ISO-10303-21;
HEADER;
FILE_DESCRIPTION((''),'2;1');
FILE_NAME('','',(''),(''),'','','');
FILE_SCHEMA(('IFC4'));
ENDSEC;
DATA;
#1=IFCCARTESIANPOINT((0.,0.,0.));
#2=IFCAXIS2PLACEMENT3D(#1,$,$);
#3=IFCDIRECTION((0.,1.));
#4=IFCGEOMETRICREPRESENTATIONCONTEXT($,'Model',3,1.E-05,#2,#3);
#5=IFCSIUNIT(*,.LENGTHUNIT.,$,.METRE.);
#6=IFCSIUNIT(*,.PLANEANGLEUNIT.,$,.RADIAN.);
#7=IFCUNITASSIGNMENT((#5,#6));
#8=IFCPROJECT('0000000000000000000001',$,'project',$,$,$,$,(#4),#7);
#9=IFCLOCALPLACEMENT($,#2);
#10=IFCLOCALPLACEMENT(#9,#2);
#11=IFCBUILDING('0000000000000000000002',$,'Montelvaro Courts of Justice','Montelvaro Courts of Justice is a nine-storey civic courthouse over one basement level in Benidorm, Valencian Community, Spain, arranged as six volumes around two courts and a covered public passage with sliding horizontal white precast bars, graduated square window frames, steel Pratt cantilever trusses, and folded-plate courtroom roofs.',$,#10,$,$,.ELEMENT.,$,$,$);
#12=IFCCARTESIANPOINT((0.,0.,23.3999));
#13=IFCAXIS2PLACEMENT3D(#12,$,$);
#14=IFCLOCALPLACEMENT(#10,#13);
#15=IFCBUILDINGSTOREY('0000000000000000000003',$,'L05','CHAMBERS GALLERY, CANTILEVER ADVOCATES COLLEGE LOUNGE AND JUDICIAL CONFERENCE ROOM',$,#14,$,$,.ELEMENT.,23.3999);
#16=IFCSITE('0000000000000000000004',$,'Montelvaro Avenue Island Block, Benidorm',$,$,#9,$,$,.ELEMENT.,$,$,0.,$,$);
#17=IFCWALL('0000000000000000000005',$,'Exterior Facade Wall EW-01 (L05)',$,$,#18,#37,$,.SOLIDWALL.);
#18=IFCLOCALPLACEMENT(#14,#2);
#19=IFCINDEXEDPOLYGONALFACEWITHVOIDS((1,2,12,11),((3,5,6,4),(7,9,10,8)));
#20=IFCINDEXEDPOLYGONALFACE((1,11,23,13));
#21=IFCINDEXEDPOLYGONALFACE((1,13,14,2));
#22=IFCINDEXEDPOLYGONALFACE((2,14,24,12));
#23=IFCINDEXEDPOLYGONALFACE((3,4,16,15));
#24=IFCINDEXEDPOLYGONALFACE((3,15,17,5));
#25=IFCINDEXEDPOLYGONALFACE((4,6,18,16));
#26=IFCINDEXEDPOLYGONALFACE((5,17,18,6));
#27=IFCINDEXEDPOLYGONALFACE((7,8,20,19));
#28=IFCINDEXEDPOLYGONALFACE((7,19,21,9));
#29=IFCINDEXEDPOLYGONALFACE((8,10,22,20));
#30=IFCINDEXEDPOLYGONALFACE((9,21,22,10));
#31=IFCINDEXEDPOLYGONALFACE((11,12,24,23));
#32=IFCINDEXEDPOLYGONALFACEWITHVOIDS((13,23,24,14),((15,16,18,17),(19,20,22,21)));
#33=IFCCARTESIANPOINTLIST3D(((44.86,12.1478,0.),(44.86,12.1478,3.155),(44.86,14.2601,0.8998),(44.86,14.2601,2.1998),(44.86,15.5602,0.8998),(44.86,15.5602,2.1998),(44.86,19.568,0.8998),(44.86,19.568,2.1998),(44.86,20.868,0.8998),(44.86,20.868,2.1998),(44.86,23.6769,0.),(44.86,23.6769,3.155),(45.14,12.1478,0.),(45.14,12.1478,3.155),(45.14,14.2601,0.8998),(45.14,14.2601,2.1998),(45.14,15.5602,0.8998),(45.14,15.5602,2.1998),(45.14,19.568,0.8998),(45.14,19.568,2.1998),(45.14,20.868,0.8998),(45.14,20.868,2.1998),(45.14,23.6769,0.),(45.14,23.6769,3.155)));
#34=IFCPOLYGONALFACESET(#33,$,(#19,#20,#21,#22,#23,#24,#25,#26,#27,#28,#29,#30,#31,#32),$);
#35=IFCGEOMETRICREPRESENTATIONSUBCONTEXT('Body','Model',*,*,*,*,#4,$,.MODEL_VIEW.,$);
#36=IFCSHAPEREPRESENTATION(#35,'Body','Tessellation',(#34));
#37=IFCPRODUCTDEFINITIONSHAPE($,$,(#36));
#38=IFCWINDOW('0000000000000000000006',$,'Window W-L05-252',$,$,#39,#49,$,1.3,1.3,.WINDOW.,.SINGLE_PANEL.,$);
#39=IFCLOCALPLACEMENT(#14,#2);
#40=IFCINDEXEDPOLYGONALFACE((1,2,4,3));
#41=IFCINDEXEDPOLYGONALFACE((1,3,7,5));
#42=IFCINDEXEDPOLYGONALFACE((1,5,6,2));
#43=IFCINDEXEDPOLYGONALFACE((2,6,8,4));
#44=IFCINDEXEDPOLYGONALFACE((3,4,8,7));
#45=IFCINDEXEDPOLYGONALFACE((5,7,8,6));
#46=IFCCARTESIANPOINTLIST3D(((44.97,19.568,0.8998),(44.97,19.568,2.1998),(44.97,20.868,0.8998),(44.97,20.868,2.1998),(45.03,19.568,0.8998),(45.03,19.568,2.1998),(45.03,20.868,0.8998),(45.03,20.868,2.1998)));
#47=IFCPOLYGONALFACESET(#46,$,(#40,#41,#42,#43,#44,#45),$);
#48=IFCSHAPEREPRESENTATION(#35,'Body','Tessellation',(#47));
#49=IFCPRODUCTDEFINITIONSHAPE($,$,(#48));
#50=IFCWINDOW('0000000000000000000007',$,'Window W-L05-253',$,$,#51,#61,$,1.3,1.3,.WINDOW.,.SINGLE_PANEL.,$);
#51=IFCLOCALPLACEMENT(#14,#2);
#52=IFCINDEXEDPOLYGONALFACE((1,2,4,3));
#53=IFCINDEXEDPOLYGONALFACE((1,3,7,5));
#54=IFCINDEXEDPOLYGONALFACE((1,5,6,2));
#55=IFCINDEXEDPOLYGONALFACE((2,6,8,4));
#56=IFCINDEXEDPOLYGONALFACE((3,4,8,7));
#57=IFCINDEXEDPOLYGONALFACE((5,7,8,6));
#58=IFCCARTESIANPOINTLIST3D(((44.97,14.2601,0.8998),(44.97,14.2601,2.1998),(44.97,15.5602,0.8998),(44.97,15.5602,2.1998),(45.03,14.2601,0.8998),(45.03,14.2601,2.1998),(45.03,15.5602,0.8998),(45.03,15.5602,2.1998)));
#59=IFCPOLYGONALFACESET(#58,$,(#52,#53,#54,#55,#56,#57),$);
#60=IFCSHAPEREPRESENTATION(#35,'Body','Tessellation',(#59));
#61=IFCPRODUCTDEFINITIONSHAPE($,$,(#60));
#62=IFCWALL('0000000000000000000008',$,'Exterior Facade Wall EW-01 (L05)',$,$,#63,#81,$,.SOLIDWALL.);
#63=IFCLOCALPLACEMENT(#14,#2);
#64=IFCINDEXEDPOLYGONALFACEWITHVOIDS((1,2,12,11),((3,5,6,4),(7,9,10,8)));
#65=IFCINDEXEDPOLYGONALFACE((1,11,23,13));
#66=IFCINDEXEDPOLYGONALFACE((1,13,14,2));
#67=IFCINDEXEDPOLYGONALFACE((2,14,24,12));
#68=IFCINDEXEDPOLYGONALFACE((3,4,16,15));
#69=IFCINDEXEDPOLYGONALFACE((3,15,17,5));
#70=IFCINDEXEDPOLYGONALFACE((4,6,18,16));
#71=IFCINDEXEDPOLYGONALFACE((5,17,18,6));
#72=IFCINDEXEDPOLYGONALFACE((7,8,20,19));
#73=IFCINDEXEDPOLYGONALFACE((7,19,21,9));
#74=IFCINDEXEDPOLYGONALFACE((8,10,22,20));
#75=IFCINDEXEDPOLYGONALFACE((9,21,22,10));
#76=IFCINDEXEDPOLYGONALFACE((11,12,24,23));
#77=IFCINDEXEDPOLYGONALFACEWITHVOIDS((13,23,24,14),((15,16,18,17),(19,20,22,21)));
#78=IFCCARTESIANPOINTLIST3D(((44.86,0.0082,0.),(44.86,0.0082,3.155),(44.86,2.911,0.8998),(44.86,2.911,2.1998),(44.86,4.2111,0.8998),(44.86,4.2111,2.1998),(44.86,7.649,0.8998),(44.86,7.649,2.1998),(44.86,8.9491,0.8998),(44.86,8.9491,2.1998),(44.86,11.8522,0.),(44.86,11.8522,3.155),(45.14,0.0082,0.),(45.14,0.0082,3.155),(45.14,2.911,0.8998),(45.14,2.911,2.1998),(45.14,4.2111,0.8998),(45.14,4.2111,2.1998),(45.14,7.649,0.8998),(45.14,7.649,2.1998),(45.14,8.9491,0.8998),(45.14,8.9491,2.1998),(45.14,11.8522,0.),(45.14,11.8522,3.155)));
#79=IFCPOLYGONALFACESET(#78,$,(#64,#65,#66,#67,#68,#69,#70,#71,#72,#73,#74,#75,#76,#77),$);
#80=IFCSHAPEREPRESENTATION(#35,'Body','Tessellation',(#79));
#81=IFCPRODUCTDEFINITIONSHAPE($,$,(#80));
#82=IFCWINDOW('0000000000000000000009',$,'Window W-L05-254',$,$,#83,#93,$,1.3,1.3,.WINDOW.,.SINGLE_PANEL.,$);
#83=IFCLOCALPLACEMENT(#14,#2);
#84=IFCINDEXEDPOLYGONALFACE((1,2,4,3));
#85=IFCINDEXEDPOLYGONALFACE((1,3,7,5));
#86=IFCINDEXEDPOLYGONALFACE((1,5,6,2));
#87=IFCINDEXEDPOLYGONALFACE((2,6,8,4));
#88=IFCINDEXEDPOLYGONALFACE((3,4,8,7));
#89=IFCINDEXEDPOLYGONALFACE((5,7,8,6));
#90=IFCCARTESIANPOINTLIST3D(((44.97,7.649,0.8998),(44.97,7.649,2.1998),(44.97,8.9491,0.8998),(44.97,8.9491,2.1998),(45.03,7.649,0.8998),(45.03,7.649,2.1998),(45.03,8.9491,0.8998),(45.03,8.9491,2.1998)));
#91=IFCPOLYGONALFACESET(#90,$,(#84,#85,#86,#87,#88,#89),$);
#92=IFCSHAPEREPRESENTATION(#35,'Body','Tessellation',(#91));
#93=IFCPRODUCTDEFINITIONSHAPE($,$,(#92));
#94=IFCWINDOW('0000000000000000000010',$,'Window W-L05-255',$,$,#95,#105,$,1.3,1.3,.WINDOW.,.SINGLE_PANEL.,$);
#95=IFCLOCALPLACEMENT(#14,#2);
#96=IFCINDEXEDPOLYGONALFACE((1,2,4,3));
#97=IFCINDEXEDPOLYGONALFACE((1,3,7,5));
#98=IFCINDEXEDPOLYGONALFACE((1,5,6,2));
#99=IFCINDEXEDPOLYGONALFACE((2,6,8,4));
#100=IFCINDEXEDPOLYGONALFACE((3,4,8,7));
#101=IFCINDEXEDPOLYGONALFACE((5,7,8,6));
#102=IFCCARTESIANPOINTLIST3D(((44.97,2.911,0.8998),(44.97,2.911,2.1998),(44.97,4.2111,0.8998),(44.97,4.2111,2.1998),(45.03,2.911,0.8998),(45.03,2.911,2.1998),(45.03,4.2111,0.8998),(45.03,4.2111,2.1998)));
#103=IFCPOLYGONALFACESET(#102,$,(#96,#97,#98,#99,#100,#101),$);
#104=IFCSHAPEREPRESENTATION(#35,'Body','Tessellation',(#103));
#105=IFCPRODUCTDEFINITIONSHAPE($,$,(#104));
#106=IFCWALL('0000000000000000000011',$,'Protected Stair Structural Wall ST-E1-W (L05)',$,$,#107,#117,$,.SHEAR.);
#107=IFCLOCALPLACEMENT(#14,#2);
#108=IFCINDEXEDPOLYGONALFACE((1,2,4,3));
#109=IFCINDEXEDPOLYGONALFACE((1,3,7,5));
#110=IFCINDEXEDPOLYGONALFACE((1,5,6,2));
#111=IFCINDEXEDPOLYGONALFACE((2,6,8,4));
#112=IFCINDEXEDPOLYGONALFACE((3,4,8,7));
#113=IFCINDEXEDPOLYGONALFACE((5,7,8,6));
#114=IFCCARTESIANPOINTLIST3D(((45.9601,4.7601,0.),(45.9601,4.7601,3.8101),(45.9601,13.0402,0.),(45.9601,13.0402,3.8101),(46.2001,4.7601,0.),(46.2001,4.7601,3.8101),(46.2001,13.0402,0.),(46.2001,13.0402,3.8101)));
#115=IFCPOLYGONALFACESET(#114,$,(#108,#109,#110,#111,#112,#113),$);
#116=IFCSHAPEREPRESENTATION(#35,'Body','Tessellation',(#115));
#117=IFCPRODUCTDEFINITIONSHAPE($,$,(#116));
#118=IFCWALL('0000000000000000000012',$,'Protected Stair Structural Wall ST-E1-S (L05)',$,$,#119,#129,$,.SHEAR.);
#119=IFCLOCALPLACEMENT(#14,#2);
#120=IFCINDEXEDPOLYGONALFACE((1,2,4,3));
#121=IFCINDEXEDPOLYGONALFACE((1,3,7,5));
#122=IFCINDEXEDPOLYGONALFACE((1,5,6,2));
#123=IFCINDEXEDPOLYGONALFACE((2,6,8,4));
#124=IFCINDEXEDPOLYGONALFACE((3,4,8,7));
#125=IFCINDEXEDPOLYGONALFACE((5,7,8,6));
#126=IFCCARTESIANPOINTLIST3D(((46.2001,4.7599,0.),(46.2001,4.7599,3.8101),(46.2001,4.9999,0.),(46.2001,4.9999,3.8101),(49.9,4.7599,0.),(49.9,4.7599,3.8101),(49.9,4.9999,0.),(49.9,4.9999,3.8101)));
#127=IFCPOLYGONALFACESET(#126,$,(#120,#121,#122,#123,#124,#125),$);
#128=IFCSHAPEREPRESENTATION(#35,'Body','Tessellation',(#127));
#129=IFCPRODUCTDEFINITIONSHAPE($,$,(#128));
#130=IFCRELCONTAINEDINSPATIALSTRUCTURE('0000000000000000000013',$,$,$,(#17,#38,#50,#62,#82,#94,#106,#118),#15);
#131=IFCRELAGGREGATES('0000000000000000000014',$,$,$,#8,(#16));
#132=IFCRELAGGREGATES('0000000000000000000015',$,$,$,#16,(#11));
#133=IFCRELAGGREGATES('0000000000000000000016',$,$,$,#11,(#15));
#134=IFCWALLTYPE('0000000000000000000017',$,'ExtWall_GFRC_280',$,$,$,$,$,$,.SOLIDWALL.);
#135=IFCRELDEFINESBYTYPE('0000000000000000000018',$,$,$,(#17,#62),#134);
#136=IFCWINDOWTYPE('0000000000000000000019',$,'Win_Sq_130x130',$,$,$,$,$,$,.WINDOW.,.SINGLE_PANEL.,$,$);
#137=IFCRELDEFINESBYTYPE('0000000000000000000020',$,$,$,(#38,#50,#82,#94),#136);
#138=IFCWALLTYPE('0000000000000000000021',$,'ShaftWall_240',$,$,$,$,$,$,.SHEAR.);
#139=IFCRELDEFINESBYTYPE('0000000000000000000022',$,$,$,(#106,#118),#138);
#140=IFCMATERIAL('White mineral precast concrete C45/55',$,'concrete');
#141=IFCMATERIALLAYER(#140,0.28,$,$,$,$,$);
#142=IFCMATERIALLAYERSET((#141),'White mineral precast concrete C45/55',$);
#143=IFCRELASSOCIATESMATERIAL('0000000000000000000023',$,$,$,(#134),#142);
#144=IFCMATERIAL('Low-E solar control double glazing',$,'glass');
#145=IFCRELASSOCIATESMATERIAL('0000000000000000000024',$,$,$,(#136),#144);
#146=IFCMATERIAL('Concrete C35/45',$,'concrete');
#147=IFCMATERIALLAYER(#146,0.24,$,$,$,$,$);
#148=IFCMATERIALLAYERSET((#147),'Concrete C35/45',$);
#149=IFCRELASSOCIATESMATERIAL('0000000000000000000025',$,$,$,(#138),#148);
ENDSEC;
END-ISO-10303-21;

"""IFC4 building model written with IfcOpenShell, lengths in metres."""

from ifc_helpers import new_model, si_unit, direction, frame, frame_2d, origin, place, context, subcontext, project, spatial, rectangle, extrude, material, layer, layer_set, type_object, element, fill, save


model = new_model("IFC4")

# Units and contexts
model_context = context("Model", 3, precision=1e-05, world=origin(), true_north=direction((0.0, 1.0)))
body_context = subcontext(model_context, "Body", "Model", "MODEL_VIEW")
ifc_project = project(units=[si_unit("LENGTHUNIT", "METRE"), si_unit("PLANEANGLEUNIT", "RADIAN")], contexts=[model_context])

# Site, building, storey
site_placement = place(None, origin())
site = spatial("IfcSite", under=ifc_project, at=site_placement, Name="Montelvaro Avenue Island Block, Benidorm", CompositionType="ELEMENT", RefElevation=0.0)
building_placement = place(site_placement, origin())
building = spatial("IfcBuilding", under=site, at=building_placement, Name="Montelvaro Courts of Justice", Description="Montelvaro Courts of Justice is a nine-storey civic courthouse over one basement level in Benidorm, Valencian Community, Spain, arranged as six volumes around two courts and a covered public passage with sliding horizontal white precast bars, graduated square window frames, steel Pratt cantilever trusses, and folded-plate courtroom roofs.", CompositionType="ELEMENT")
storey_placement = place(building_placement, frame((0.0, 0.0, 23.3999)))
storey = spatial("IfcBuildingStorey", under=building, at=storey_placement, Name="L05", Description="CHAMBERS GALLERY, CANTILEVER ADVOCATES COLLEGE LOUNGE AND JUDICIAL CONFERENCE ROOM", CompositionType="ELEMENT", Elevation=23.3999)

# Shared definitions
ifc_material_1 = material(Name="White mineral precast concrete C45/55", Category="concrete")

# Walls, openings, windows
ifc_layer_1 = layer(ifc_material_1, 0.28)
ifc_layer_set_1 = layer_set([ifc_layer_1], Name="White mineral precast concrete C45/55")
wall_type_1 = type_object("IfcWallType", Name="ExtWall_GFRC_280", PredefinedType="SOLIDWALL", material=ifc_layer_set_1)
ifc_material_2 = material(Name="Low-E solar control double glazing", Category="glass")
window_type = type_object("IfcWindowType", Name="Win_Sq_130x130", PartitioningType="SINGLE_PANEL", PredefinedType="WINDOW", material=ifc_material_2)
wall_1_placement = place(storey_placement, frame((45.0, 23.677, 0.0), z_axis=(0.0, 0.0, 1.0), x_axis=(0.0, -1.0, 0.0)))
wall_1 = element("IfcWall", 1, at=wall_1_placement, inside=storey, type_object=wall_type_1, Name="Exterior Facade Wall EW-01 (L05)", PredefinedType="SOLIDWALL", context=body_context, shape_type="SweptSolid", body=[
    extrude(rectangle(XDim=11.5291, YDim=0.28, at=frame_2d((5.7646, 0.0))), origin(), (0.0, 0.0, 1.0), 3.155),
])
opening_1_placement = place(wall_1_placement, frame((2.8091, 0.0, 0.8999)))
opening_1 = element("IfcOpeningElement", 2, at=opening_1_placement, cuts=wall_1, PredefinedType="OPENING", context=body_context, shape_type="SweptSolid", body=[
    extrude(rectangle(XDim=1.3, YDim=1.3, at=frame_2d((0.6499, 0.6499))), frame((0.0, 0.1548, 0.0), z_axis=(0.0, -1.0, 0.0), x_axis=(1.0, 0.0, 0.0)), (0.0, 0.0, 1.0), 0.3098),
])
opening_2_placement = place(wall_1_placement, frame((8.1169, 0.0, 0.8999)))
opening_2 = element("IfcOpeningElement", 3, at=opening_2_placement, cuts=wall_1, PredefinedType="OPENING", context=body_context, shape_type="SweptSolid", body=[
    extrude(rectangle(XDim=1.3, YDim=1.3, at=frame_2d((0.6499, 0.6499))), frame((0.0, 0.1548, 0.0), z_axis=(0.0, -1.0, 0.0), x_axis=(1.0, 0.0, 0.0)), (0.0, 0.0, 1.0), 0.3098),
])
window_1_placement = place(opening_1_placement, origin())
window_1 = element("IfcWindow", 4, at=window_1_placement, inside=storey, type_object=window_type, Name="Window W-L05-252", OverallHeight=1.3, OverallWidth=1.3, PartitioningType="SINGLE_PANEL", PredefinedType="WINDOW", context=body_context, shape_type="SweptSolid", body=[
    extrude(rectangle(XDim=1.3, YDim=1.3, at=frame_2d((0.6499, 0.6499))), frame((0.0, 0.03, 0.0), z_axis=(0.0, -1.0, 0.0), x_axis=(1.0, 0.0, 0.0)), (0.0, 0.0, 1.0), 0.0601),
])
fill(opening_1, window_1)
window_2_placement = place(opening_2_placement, origin())
window_2 = element("IfcWindow", 5, at=window_2_placement, inside=storey, type_object=window_type, Name="Window W-L05-253", OverallHeight=1.3, OverallWidth=1.3, PartitioningType="SINGLE_PANEL", PredefinedType="WINDOW", context=body_context, shape_type="SweptSolid", body=[
    extrude(rectangle(XDim=1.3, YDim=1.3, at=frame_2d((0.6499, 0.6499))), frame((0.0, 0.03, 0.0), z_axis=(0.0, -1.0, 0.0), x_axis=(1.0, 0.0, 0.0)), (0.0, 0.0, 1.0), 0.0601),
])
fill(opening_2, window_2)
wall_2_placement = place(storey_placement, frame((45.0, 11.8521, 0.0), z_axis=(0.0, 0.0, 1.0), x_axis=(0.0, -1.0, 0.0)))
wall_2 = element("IfcWall", 6, at=wall_2_placement, inside=storey, type_object=wall_type_1, Name="Exterior Facade Wall EW-01 (L05)", PredefinedType="SOLIDWALL", context=body_context, shape_type="SweptSolid", body=[
    extrude(rectangle(XDim=11.844, YDim=0.28, at=frame_2d((5.9219, 0.0))), origin(), (0.0, 0.0, 1.0), 3.155),
])
opening_3_placement = place(wall_2_placement, frame((2.9031, 0.0, 0.8999)))
opening_3 = element("IfcOpeningElement", 7, at=opening_3_placement, cuts=wall_2, PredefinedType="OPENING", context=body_context, shape_type="SweptSolid", body=[
    extrude(rectangle(XDim=1.3, YDim=1.3, at=frame_2d((0.6499, 0.6499))), frame((0.0, 0.1548, 0.0), z_axis=(0.0, -1.0, 0.0), x_axis=(1.0, 0.0, 0.0)), (0.0, 0.0, 1.0), 0.3098),
])
opening_4_placement = place(wall_2_placement, frame((7.6411, 0.0, 0.8999)))
opening_4 = element("IfcOpeningElement", 8, at=opening_4_placement, cuts=wall_2, PredefinedType="OPENING", context=body_context, shape_type="SweptSolid", body=[
    extrude(rectangle(XDim=1.3, YDim=1.3, at=frame_2d((0.6499, 0.6499))), frame((0.0, 0.1548, 0.0), z_axis=(0.0, -1.0, 0.0), x_axis=(1.0, 0.0, 0.0)), (0.0, 0.0, 1.0), 0.3098),
])
window_3_placement = place(opening_3_placement, origin())
window_3 = element("IfcWindow", 9, at=window_3_placement, inside=storey, type_object=window_type, Name="Window W-L05-254", OverallHeight=1.3, OverallWidth=1.3, PartitioningType="SINGLE_PANEL", PredefinedType="WINDOW", context=body_context, shape_type="SweptSolid", body=[
    extrude(rectangle(XDim=1.3, YDim=1.3, at=frame_2d((0.6499, 0.6499))), frame((0.0, 0.03, 0.0), z_axis=(0.0, -1.0, 0.0), x_axis=(1.0, 0.0, 0.0)), (0.0, 0.0, 1.0), 0.0601),
])
fill(opening_3, window_3)
window_4_placement = place(opening_4_placement, origin())
window_4 = element("IfcWindow", 10, at=window_4_placement, inside=storey, type_object=window_type, Name="Window W-L05-255", OverallHeight=1.3, OverallWidth=1.3, PartitioningType="SINGLE_PANEL", PredefinedType="WINDOW", context=body_context, shape_type="SweptSolid", body=[
    extrude(rectangle(XDim=1.3, YDim=1.3, at=frame_2d((0.6499, 0.6499))), frame((0.0, 0.03, 0.0), z_axis=(0.0, -1.0, 0.0), x_axis=(1.0, 0.0, 0.0)), (0.0, 0.0, 1.0), 0.0601),
])
fill(opening_4, window_4)

# Walls
ifc_material_3 = material(Name="Concrete C35/45", Category="concrete")
ifc_layer_2 = layer(ifc_material_3, 0.24)
ifc_layer_set_2 = layer_set([ifc_layer_2], Name="Concrete C35/45")
wall_type_2 = type_object("IfcWallType", Name="ShaftWall_240", PredefinedType="SHEAR", material=ifc_layer_set_2)
wall_3_placement = place(storey_placement, frame((46.0801, 4.76, 0.0), z_axis=(0.0, 0.0, 1.0), x_axis=(0.0, 1.0, 0.0)))
element("IfcWall", 11, at=wall_3_placement, inside=storey, type_object=wall_type_2, Name="Protected Stair Structural Wall ST-E1-W (L05)", PredefinedType="SHEAR", context=body_context, shape_type="SweptSolid", body=[
    extrude(rectangle(XDim=8.28, YDim=0.24, at=frame_2d((4.1401, 0.0))), origin(), (0.0, 0.0, 1.0), 3.8101),
])
wall_4_placement = place(storey_placement, frame((46.2, 4.8799, 0.0), z_axis=(0.0, 0.0, 1.0), x_axis=(1.0, 0.0, 0.0)))
element("IfcWall", 12, at=wall_4_placement, inside=storey, type_object=wall_type_2, Name="Protected Stair Structural Wall ST-E1-S (L05)", PredefinedType="SHEAR", context=body_context, shape_type="SweptSolid", body=[
    extrude(rectangle(XDim=3.7, YDim=0.24, at=frame_2d((1.8501, 0.0))), origin(), (0.0, 0.0, 1.0), 3.8101),
])

save(model, "model.ifc")
